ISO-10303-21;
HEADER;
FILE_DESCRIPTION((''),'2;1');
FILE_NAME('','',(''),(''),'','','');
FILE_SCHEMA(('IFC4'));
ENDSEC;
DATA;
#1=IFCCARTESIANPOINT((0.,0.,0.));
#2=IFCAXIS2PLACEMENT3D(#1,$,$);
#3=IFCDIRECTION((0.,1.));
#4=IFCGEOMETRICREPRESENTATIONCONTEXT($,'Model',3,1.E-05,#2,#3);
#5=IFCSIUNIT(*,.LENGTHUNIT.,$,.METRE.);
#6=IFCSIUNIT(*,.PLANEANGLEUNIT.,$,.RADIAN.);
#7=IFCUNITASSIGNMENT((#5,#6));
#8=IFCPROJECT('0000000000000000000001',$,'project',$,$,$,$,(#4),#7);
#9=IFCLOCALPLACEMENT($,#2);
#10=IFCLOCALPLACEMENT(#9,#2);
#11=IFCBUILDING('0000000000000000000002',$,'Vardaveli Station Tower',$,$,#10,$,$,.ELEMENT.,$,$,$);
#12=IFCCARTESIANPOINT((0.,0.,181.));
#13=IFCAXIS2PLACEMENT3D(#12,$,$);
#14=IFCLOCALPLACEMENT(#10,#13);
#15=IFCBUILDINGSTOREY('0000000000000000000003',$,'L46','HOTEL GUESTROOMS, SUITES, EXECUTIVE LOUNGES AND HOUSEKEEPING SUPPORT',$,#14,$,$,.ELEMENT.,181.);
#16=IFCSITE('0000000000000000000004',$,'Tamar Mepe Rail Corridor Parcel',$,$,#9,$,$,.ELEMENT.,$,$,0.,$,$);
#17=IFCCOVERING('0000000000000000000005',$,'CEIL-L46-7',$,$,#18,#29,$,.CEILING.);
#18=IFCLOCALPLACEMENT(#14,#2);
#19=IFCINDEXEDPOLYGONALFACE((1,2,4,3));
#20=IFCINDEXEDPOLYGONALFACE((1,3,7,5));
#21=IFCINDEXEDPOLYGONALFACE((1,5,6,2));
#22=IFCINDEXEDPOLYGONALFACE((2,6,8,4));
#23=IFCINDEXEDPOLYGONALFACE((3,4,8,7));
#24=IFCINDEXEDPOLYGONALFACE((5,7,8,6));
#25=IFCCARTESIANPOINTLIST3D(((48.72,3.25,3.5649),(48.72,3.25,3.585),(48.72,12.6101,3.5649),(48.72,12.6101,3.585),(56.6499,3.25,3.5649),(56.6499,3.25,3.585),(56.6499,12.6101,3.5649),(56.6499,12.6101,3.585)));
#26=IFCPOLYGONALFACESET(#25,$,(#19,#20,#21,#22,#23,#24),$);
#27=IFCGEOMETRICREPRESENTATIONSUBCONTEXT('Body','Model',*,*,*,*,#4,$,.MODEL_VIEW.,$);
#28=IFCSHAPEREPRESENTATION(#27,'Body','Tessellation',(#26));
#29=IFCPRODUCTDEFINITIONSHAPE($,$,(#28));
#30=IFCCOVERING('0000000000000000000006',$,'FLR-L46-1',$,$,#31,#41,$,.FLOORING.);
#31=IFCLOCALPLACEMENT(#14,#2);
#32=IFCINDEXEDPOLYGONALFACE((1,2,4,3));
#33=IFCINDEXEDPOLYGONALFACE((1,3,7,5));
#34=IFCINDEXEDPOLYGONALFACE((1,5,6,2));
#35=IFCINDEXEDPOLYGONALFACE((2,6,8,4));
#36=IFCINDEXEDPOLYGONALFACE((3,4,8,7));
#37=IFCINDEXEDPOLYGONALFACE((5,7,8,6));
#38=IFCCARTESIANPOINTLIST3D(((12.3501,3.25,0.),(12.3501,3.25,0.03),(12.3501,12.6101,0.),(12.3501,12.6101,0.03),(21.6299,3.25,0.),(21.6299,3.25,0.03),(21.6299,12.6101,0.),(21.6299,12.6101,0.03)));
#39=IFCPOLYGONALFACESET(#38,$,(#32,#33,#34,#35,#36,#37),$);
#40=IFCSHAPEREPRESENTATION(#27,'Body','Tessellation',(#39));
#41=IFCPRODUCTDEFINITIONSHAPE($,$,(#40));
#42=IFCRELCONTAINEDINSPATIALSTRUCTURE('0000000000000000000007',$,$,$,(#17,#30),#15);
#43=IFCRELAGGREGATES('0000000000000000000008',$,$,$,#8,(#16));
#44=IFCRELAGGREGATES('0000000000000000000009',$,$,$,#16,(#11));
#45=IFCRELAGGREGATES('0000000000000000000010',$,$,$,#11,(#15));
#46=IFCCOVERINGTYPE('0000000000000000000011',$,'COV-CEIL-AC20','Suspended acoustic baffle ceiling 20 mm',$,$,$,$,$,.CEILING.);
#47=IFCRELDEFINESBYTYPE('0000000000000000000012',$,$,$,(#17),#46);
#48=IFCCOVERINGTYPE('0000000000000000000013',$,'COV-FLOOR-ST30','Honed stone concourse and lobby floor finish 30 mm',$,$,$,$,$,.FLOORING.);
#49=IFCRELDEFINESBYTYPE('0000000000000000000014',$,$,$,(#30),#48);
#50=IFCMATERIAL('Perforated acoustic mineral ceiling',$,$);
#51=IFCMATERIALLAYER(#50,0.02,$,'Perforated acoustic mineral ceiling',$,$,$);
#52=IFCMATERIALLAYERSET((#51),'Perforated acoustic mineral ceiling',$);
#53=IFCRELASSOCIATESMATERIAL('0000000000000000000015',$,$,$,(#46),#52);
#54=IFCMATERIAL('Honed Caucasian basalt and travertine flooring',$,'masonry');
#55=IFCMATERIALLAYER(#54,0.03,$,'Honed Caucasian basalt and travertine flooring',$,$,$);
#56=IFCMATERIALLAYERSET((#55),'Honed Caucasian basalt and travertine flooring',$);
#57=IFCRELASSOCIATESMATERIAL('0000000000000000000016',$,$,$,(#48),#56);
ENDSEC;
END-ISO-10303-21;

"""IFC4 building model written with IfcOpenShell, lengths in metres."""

from ifc_helpers import new_model, si_unit, direction, frame, origin, place, context, subcontext, project, spatial, polyline, outline, extrude, material, layer, layer_set, type_object, element, save


model = new_model("IFC4")

# Units and contexts
model_context = context("Model", 3, precision=1e-05, world=origin(), true_north=direction((0.0, 1.0)))
body_context = subcontext(model_context, "Body", "Model", "MODEL_VIEW")
ifc_project = project(units=[si_unit("LENGTHUNIT", "METRE"), si_unit("PLANEANGLEUNIT", "RADIAN")], contexts=[model_context])

# Site, building, storey
site_placement = place(None, origin())
site = spatial("IfcSite", under=ifc_project, at=site_placement, Name="Tamar Mepe Rail Corridor Parcel", CompositionType="ELEMENT", RefElevation=0.0)
building_placement = place(site_placement, origin())
building = spatial("IfcBuilding", under=site, at=building_placement, Name="Vardaveli Station Tower", CompositionType="ELEMENT")
storey_placement = place(building_placement, frame((0.0, 0.0, 181.0)))
storey = spatial("IfcBuildingStorey", under=building, at=storey_placement, Name="L46", Description="HOTEL GUESTROOMS, SUITES, EXECUTIVE LOUNGES AND HOUSEKEEPING SUPPORT", CompositionType="ELEMENT", Elevation=181.0)

# Coverings
ifc_material_1 = material(Name="Perforated acoustic mineral ceiling")
ifc_layer_1 = layer(ifc_material_1, 0.02, Name="Perforated acoustic mineral ceiling")
ifc_layer_set_1 = layer_set([ifc_layer_1], Name="Perforated acoustic mineral ceiling")
covering_type_1 = type_object("IfcCoveringType", Name="COV-CEIL-AC20", Description="Suspended acoustic baffle ceiling 20 mm", PredefinedType="CEILING", material=ifc_layer_set_1)
covering_1_placement = place(storey_placement, frame((0.0, 0.0, 3.5649)))
element("IfcCovering", 1, at=covering_1_placement, inside=storey, type_object=covering_type_1, Name="CEIL-L46-7", PredefinedType="CEILING", context=body_context, shape_type="SweptSolid", body=[
    extrude(outline(polyline([(48.72, 3.25), (56.6499, 3.25), (56.6499, 12.6101), (48.72, 12.6101), (48.72, 3.25)])), origin(), (0.0, 0.0, 1.0), 0.02),
])
ifc_material_2 = material(Name="Honed Caucasian basalt and travertine flooring", Category="masonry")
ifc_layer_2 = layer(ifc_material_2, 0.03, Name="Honed Caucasian basalt and travertine flooring")
ifc_layer_set_2 = layer_set([ifc_layer_2], Name="Honed Caucasian basalt and travertine flooring")
covering_type_2 = type_object("IfcCoveringType", Name="COV-FLOOR-ST30", Description="Honed stone concourse and lobby floor finish 30 mm", PredefinedType="FLOORING", material=ifc_layer_set_2)
covering_2_placement = place(storey_placement, origin())
element("IfcCovering", 2, at=covering_2_placement, inside=storey, type_object=covering_type_2, Name="FLR-L46-1", PredefinedType="FLOORING", context=body_context, shape_type="SweptSolid", body=[
    extrude(outline(polyline([(12.3501, 3.25), (21.6299, 3.25), (21.6299, 12.6101), (12.3501, 12.6101), (12.3501, 3.25)])), origin(), (0.0, 0.0, 1.0), 0.03),
])

save(model, "model.ifc")
